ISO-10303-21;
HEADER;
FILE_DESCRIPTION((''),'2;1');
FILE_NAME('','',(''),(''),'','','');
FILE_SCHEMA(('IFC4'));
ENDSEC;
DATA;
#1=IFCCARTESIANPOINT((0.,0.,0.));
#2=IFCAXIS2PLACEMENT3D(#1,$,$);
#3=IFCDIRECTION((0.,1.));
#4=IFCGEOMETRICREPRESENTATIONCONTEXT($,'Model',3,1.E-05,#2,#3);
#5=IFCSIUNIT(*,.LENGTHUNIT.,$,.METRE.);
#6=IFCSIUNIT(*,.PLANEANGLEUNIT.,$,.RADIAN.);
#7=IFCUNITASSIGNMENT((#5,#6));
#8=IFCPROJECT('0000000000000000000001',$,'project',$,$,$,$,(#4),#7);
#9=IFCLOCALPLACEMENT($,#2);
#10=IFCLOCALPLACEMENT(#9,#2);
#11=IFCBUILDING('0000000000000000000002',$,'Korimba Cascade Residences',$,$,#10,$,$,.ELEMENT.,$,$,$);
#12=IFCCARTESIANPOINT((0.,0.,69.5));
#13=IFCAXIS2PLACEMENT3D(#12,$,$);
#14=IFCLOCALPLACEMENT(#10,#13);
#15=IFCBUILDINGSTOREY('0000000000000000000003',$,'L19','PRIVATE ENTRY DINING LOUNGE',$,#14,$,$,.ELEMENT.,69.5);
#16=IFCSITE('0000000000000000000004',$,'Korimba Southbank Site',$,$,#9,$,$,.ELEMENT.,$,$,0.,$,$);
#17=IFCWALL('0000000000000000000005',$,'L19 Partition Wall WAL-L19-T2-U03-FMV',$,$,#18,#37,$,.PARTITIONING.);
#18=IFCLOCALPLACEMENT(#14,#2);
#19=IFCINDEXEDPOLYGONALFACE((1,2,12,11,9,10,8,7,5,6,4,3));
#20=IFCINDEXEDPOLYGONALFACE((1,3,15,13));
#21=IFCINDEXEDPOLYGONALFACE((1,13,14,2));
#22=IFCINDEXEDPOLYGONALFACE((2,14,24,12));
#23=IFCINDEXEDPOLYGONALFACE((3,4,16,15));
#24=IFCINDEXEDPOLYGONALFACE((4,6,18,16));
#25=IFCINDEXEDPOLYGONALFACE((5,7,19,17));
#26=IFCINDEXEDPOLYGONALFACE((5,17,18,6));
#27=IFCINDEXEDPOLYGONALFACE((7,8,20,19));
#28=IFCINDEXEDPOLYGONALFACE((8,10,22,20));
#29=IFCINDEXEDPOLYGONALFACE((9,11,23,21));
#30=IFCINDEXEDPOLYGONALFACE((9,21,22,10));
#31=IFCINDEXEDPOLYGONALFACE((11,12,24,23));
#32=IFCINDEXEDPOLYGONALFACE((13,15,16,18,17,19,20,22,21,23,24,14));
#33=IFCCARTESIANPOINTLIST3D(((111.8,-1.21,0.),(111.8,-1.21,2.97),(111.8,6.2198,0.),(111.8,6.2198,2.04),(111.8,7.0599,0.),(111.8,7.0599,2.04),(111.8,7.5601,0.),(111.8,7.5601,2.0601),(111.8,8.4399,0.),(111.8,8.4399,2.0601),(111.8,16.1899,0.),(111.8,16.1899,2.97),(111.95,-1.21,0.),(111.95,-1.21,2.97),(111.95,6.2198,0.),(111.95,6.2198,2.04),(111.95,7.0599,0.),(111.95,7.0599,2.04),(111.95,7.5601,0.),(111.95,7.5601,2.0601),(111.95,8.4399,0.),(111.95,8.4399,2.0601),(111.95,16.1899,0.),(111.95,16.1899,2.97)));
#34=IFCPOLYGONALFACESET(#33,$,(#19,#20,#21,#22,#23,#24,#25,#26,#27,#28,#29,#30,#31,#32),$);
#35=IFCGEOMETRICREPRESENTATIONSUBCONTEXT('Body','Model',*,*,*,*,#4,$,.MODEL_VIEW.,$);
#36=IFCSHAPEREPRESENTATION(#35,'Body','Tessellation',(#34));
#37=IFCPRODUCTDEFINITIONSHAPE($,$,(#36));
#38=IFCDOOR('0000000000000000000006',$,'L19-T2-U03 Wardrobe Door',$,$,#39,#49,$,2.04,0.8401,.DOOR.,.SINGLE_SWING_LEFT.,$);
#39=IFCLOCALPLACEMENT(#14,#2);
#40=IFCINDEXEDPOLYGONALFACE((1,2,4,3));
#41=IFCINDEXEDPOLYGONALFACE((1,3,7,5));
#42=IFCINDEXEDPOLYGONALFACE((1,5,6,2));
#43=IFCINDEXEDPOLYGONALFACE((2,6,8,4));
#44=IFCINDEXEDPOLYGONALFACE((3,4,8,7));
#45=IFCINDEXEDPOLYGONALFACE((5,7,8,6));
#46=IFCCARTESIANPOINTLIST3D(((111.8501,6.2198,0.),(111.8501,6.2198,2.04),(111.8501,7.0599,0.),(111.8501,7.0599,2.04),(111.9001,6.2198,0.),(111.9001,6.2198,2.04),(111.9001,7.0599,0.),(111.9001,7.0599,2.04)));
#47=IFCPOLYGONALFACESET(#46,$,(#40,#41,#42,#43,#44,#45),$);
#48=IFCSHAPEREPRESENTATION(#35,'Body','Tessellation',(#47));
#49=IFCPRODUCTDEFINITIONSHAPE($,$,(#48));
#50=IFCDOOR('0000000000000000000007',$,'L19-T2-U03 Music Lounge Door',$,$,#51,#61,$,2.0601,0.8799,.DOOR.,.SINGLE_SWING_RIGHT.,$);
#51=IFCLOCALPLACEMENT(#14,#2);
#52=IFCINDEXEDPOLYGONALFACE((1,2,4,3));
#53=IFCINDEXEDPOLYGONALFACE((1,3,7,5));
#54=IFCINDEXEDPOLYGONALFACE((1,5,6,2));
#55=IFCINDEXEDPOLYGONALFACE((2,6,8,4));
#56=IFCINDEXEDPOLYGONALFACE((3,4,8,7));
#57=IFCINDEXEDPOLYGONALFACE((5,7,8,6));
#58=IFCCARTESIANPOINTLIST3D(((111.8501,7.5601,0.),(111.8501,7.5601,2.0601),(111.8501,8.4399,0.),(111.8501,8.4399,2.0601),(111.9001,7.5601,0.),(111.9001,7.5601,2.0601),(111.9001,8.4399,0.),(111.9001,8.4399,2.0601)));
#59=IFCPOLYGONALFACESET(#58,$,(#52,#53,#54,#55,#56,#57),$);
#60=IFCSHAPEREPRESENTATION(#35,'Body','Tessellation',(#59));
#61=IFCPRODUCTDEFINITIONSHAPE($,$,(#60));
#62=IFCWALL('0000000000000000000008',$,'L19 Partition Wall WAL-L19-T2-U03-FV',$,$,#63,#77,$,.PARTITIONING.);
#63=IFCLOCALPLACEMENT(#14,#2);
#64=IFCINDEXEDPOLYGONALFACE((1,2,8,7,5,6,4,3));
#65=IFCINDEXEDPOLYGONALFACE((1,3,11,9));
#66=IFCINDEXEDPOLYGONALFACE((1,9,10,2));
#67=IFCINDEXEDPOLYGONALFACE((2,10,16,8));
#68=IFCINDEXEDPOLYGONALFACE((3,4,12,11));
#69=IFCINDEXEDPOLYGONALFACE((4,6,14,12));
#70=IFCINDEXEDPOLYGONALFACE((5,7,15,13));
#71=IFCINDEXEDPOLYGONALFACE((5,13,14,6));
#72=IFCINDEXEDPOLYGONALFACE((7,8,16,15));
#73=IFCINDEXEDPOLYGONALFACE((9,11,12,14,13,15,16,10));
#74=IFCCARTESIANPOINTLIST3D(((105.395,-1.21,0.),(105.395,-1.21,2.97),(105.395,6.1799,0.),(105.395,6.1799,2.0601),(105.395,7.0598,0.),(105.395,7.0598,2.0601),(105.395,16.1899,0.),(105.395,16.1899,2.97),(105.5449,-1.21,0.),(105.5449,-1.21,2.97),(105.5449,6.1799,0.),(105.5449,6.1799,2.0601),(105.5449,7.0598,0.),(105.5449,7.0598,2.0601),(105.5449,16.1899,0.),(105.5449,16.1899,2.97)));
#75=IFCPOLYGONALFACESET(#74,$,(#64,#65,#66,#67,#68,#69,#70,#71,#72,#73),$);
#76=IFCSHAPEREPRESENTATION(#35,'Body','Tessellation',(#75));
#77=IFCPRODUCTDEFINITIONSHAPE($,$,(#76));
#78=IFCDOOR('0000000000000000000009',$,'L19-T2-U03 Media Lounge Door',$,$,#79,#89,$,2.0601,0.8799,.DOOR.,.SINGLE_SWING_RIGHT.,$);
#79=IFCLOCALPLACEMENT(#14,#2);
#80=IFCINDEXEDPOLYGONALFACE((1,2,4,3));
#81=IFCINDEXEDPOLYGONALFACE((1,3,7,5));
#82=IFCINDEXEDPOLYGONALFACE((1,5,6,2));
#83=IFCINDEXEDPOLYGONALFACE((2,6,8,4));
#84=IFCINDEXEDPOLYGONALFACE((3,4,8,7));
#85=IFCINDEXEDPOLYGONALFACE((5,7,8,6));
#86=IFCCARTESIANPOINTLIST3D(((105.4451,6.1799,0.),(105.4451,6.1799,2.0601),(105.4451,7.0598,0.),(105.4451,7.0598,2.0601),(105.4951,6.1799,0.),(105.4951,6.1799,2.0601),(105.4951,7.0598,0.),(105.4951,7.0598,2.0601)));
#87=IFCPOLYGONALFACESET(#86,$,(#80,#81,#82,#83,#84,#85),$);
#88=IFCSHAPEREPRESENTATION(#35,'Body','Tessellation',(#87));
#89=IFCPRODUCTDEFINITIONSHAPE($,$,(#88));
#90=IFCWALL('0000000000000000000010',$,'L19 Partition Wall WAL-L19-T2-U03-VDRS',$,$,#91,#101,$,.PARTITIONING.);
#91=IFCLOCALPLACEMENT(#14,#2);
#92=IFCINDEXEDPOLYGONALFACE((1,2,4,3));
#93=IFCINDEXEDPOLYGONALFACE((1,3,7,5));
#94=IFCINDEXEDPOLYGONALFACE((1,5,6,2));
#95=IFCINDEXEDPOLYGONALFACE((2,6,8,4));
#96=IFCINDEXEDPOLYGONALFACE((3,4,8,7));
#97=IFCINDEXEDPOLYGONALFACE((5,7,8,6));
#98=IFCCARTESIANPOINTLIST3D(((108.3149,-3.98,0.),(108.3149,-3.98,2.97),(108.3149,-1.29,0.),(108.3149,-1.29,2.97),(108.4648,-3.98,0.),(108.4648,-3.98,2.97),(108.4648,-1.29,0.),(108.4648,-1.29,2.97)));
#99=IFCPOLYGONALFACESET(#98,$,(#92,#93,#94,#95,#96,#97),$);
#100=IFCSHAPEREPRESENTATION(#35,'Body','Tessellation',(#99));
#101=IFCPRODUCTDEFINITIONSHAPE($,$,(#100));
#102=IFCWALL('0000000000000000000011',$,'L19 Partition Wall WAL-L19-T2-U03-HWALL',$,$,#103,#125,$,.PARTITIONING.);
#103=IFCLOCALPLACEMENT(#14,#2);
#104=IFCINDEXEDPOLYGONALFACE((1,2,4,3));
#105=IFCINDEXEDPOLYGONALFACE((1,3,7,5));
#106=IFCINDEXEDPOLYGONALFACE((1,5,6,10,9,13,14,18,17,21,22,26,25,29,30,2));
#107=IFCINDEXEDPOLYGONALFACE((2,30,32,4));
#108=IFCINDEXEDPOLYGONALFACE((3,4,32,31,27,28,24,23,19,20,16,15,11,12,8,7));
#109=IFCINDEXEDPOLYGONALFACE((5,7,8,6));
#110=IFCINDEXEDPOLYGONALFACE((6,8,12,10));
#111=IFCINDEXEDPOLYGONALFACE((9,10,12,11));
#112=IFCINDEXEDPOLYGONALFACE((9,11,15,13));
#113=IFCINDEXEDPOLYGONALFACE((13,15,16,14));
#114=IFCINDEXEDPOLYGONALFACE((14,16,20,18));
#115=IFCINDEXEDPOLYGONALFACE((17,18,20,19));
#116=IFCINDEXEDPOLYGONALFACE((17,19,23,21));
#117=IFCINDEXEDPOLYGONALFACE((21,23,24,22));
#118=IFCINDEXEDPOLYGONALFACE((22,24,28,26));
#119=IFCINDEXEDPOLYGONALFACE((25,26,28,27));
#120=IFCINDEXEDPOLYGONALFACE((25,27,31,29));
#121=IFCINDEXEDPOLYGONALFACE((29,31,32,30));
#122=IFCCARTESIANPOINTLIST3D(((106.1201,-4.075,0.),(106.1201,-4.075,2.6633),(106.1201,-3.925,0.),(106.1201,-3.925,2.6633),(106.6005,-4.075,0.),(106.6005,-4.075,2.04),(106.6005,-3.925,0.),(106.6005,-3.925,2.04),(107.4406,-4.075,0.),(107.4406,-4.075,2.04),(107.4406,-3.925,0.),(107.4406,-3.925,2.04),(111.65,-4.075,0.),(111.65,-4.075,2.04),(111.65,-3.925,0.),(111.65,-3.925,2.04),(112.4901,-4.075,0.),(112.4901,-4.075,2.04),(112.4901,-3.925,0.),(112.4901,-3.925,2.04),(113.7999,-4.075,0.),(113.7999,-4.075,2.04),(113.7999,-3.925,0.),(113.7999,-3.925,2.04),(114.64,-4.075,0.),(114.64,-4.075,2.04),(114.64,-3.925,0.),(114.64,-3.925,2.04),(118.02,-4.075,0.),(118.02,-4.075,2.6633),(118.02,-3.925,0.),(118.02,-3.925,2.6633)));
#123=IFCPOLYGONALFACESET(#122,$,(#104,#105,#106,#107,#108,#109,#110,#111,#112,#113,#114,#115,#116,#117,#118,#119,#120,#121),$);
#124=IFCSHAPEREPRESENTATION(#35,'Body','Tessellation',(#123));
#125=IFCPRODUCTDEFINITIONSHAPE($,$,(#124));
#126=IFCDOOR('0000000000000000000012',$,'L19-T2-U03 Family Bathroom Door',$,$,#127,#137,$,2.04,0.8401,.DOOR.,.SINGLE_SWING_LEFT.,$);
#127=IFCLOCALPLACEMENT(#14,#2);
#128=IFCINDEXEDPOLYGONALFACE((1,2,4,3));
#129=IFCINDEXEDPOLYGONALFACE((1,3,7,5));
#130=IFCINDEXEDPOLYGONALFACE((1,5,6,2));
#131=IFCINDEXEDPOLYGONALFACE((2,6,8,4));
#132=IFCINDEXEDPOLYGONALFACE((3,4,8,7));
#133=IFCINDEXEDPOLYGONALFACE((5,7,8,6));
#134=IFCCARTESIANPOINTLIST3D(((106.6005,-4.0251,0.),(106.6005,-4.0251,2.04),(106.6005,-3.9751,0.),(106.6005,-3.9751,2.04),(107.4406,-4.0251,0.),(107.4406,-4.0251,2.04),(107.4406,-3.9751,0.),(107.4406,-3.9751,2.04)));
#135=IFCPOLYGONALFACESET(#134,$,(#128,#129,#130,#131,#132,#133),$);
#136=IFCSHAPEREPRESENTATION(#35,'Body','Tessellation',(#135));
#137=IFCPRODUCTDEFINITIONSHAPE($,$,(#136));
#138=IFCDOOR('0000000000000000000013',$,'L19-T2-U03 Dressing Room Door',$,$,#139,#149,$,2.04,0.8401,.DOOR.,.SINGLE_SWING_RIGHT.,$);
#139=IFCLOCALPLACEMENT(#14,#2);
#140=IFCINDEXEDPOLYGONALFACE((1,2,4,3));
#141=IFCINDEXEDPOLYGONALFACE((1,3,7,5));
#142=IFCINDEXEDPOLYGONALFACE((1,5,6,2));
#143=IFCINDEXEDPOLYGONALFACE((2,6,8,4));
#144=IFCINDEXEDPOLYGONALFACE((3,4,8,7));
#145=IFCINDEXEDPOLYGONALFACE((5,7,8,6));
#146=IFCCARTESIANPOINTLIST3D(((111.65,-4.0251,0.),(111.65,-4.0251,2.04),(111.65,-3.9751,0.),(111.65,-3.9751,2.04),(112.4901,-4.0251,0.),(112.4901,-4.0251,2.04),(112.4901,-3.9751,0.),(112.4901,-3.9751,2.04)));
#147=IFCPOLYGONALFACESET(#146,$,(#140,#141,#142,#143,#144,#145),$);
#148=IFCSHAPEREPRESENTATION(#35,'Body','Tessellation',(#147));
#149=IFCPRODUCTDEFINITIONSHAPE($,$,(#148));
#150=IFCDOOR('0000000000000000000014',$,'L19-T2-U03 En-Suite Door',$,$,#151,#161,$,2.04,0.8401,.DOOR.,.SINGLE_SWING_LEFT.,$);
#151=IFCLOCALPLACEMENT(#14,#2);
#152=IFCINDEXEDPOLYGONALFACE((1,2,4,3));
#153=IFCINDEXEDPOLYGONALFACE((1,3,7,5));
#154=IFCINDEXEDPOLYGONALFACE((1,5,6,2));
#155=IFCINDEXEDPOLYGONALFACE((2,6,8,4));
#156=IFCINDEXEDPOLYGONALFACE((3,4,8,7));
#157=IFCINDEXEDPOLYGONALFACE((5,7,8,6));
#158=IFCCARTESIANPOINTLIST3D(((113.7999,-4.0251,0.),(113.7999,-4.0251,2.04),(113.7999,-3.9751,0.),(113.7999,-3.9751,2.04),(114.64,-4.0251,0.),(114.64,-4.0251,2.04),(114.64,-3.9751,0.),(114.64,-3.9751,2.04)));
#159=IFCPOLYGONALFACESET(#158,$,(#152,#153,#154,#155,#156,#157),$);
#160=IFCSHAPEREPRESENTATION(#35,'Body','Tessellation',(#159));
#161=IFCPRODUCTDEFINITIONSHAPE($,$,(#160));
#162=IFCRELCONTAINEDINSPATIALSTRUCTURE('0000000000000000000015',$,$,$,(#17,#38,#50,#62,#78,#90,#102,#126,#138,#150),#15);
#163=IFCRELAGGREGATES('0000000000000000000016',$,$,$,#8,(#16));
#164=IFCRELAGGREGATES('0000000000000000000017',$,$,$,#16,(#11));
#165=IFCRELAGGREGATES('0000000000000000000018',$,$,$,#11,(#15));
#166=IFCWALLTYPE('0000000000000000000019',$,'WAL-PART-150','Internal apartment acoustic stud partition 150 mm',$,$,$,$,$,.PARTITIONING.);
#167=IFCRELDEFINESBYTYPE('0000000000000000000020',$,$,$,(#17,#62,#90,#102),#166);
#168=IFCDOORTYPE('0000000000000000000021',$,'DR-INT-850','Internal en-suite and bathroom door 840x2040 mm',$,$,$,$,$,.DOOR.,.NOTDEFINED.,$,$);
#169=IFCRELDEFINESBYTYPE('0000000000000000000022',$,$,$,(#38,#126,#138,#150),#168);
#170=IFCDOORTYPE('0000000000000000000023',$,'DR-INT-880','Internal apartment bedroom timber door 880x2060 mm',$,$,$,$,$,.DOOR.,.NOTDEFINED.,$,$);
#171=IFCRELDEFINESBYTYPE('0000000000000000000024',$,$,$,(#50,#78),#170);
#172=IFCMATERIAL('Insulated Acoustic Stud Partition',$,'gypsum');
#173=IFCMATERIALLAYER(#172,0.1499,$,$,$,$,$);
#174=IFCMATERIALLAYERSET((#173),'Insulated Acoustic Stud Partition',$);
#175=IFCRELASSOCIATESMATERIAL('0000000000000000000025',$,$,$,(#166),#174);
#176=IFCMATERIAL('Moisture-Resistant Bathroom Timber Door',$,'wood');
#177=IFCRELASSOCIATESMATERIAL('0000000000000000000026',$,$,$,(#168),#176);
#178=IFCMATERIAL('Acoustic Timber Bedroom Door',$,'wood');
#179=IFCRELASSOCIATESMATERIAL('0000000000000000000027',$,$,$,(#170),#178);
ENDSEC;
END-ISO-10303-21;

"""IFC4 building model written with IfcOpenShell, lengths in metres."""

from ifc_helpers import new_model, si_unit, direction, frame, frame_2d, origin, place, context, subcontext, project, spatial, rectangle, extrude, material, layer, layer_set, type_object, element, fill, save


model = new_model("IFC4")

# Units and contexts
model_context = context("Model", 3, precision=1e-05, world=origin(), true_north=direction((0.0, 1.0)))
body_context = subcontext(model_context, "Body", "Model", "MODEL_VIEW")
ifc_project = project(units=[si_unit("LENGTHUNIT", "METRE"), si_unit("PLANEANGLEUNIT", "RADIAN")], contexts=[model_context])

# Site, building, storey
site_placement = place(None, origin())
site = spatial("IfcSite", under=ifc_project, at=site_placement, Name="Korimba Southbank Site", CompositionType="ELEMENT", RefElevation=0.0)
building_placement = place(site_placement, origin())
building = spatial("IfcBuilding", under=site, at=building_placement, Name="Korimba Cascade Residences", CompositionType="ELEMENT")
storey_placement = place(building_placement, frame((0.0, 0.0, 69.5)))
storey = spatial("IfcBuildingStorey", under=building, at=storey_placement, Name="L19", Description="PRIVATE ENTRY DINING LOUNGE", CompositionType="ELEMENT", Elevation=69.5)

# Shared definitions
ifc_material_1 = material(Name="Insulated Acoustic Stud Partition", Category="gypsum")
ifc_layer = layer(ifc_material_1, 0.1499)
ifc_layer_set = layer_set([ifc_layer], Name="Insulated Acoustic Stud Partition")
wall_type = type_object("IfcWallType", Name="WAL-PART-150", Description="Internal apartment acoustic stud partition 150 mm", PredefinedType="PARTITIONING", material=ifc_layer_set)
ifc_material_2 = material(Name="Moisture-Resistant Bathroom Timber Door", Category="wood")
door_type_1 = type_object("IfcDoorType", Name="DR-INT-850", Description="Internal en-suite and bathroom door 840x2040 mm", OperationType="NOTDEFINED", PredefinedType="DOOR", material=ifc_material_2)

# Wall, openings, doors
wall_1_placement = place(storey_placement, frame((111.875, -1.21, 0.0), z_axis=(0.0, 0.0, 1.0), x_axis=(0.0, 1.0, 0.0)))
wall_1 = element("IfcWall", 1, at=wall_1_placement, inside=storey, type_object=wall_type, Name="L19 Partition Wall WAL-L19-T2-U03-FMV", PredefinedType="PARTITIONING", context=body_context, shape_type="SweptSolid", body=[
    extrude(rectangle(XDim=17.3999, YDim=0.1499, at=frame_2d((8.7, 0.0))), origin(), (0.0, 0.0, 1.0), 2.97),
])
opening_1_placement = place(wall_1_placement, frame((7.4299, 0.0, 0.0)))
opening_1 = element("IfcOpeningElement", 2, at=opening_1_placement, cuts=wall_1, PredefinedType="OPENING", context=body_context, shape_type="SweptSolid", body=[
    extrude(rectangle(XDim=0.8401, YDim=2.04, at=frame_2d((0.4199, 1.02))), frame((0.0, 0.085, 0.0), z_axis=(0.0, -1.0, 0.0), x_axis=(1.0, 0.0, 0.0)), (0.0, 0.0, 1.0), 0.1699),
])
opening_2_placement = place(wall_1_placement, frame((8.77, 0.0, 0.0)))
opening_2 = element("IfcOpeningElement", 3, at=opening_2_placement, cuts=wall_1, PredefinedType="OPENING", context=body_context, shape_type="SweptSolid", body=[
    extrude(rectangle(XDim=0.8799, YDim=2.0601, at=frame_2d((0.4399, 1.03))), frame((0.0, 0.085, 0.0), z_axis=(0.0, -1.0, 0.0), x_axis=(1.0, 0.0, 0.0)), (0.0, 0.0, 1.0), 0.1699),
])
door_1_placement = place(opening_1_placement, origin())
door_1 = element("IfcDoor", 4, at=door_1_placement, inside=storey, type_object=door_type_1, Name="L19-T2-U03 Wardrobe Door", OperationType="SINGLE_SWING_LEFT", OverallHeight=2.04, OverallWidth=0.8401, PredefinedType="DOOR", context=body_context, shape_type="SweptSolid", body=[
    extrude(rectangle(XDim=0.8401, YDim=2.04, at=frame_2d((0.4199, 1.02))), frame((0.0, 0.0249, 0.0), z_axis=(0.0, -1.0, 0.0), x_axis=(1.0, 0.0, 0.0)), (0.0, 0.0, 1.0), 0.05),
])
fill(opening_1, door_1)
ifc_material_3 = material(Name="Acoustic Timber Bedroom Door", Category="wood")
door_type_2 = type_object("IfcDoorType", Name="DR-INT-880", Description="Internal apartment bedroom timber door 880x2060 mm", OperationType="NOTDEFINED", PredefinedType="DOOR", material=ifc_material_3)
door_2_placement = place(opening_2_placement, origin())
door_2 = element("IfcDoor", 5, at=door_2_placement, inside=storey, type_object=door_type_2, Name="L19-T2-U03 Music Lounge Door", OperationType="SINGLE_SWING_RIGHT", OverallHeight=2.0601, OverallWidth=0.8799, PredefinedType="DOOR", context=body_context, shape_type="SweptSolid", body=[
    extrude(rectangle(XDim=0.8799, YDim=2.0601, at=frame_2d((0.4399, 1.03))), frame((0.0, 0.0249, 0.0), z_axis=(0.0, -1.0, 0.0), x_axis=(1.0, 0.0, 0.0)), (0.0, 0.0, 1.0), 0.05),
])
fill(opening_2, door_2)

# Wall, opening, door
wall_2_placement = place(storey_placement, frame((105.47, -1.21, 0.0), z_axis=(0.0, 0.0, 1.0), x_axis=(0.0, 1.0, 0.0)))
wall_2 = element("IfcWall", 6, at=wall_2_placement, inside=storey, type_object=wall_type, Name="L19 Partition Wall WAL-L19-T2-U03-FV", PredefinedType="PARTITIONING", context=body_context, shape_type="SweptSolid", body=[
    extrude(rectangle(XDim=17.3999, YDim=0.1499, at=frame_2d((8.7, 0.0))), origin(), (0.0, 0.0, 1.0), 2.97),
])
opening_3_placement = place(wall_2_placement, frame((7.3899, 0.0, 0.0)))
opening_3 = element("IfcOpeningElement", 7, at=opening_3_placement, cuts=wall_2, PredefinedType="OPENING", context=body_context, shape_type="SweptSolid", body=[
    extrude(rectangle(XDim=0.8799, YDim=2.0601, at=frame_2d((0.4399, 1.03))), frame((0.0, 0.085, 0.0), z_axis=(0.0, -1.0, 0.0), x_axis=(1.0, 0.0, 0.0)), (0.0, 0.0, 1.0), 0.1699),
])
door_3_placement = place(opening_3_placement, origin())
door_3 = element("IfcDoor", 8, at=door_3_placement, inside=storey, type_object=door_type_2, Name="L19-T2-U03 Media Lounge Door", OperationType="SINGLE_SWING_RIGHT", OverallHeight=2.0601, OverallWidth=0.8799, PredefinedType="DOOR", context=body_context, shape_type="SweptSolid", body=[
    extrude(rectangle(XDim=0.8799, YDim=2.0601, at=frame_2d((0.4399, 1.03))), frame((0.0, 0.0249, 0.0), z_axis=(0.0, -1.0, 0.0), x_axis=(1.0, 0.0, 0.0)), (0.0, 0.0, 1.0), 0.05),
])
fill(opening_3, door_3)

# Wall
wall_3_placement = place(storey_placement, frame((108.3899, -3.98, 0.0), z_axis=(0.0, 0.0, 1.0), x_axis=(0.0, 1.0, 0.0)))
element("IfcWall", 9, at=wall_3_placement, inside=storey, type_object=wall_type, Name="L19 Partition Wall WAL-L19-T2-U03-VDRS", PredefinedType="PARTITIONING", context=body_context, shape_type="SweptSolid", body=[
    extrude(rectangle(XDim=2.6899, YDim=0.1499, at=frame_2d((1.345, 0.0))), origin(), (0.0, 0.0, 1.0), 2.97),
])

# Wall, openings, doors
wall_4_placement = place(storey_placement, frame((106.1201, -4.0, 0.0), z_axis=(0.0, 0.0, 1.0), x_axis=(1.0, 0.0, 0.0)))
wall_4 = element("IfcWall", 10, at=wall_4_placement, inside=storey, type_object=wall_type, Name="L19 Partition Wall WAL-L19-T2-U03-HWALL", PredefinedType="PARTITIONING", context=body_context, shape_type="SweptSolid", body=[
    extrude(rectangle(XDim=11.8999, YDim=0.1499, at=frame_2d((5.95, 0.0))), origin(), (0.0, 0.0, 1.0), 2.6633),
])
opening_4_placement = place(wall_4_placement, frame((0.4805, 0.0, 0.0)))
opening_4 = element("IfcOpeningElement", 11, at=opening_4_placement, cuts=wall_4, PredefinedType="OPENING", context=body_context, shape_type="SweptSolid", body=[
    extrude(rectangle(XDim=0.8401, YDim=2.04, at=frame_2d((0.4199, 1.02))), frame((0.0, 0.085, 0.0), z_axis=(0.0, -1.0, 0.0), x_axis=(1.0, 0.0, 0.0)), (0.0, 0.0, 1.0), 0.1699),
])
opening_5_placement = place(wall_4_placement, frame((5.53, 0.0, 0.0)))
opening_5 = element("IfcOpeningElement", 12, at=opening_5_placement, cuts=wall_4, PredefinedType="OPENING", context=body_context, shape_type="SweptSolid", body=[
    extrude(rectangle(XDim=0.8401, YDim=2.04, at=frame_2d((0.4199, 1.02))), frame((0.0, 0.085, 0.0), z_axis=(0.0, -1.0, 0.0), x_axis=(1.0, 0.0, 0.0)), (0.0, 0.0, 1.0), 0.1699),
])
opening_6_placement = place(wall_4_placement, frame((7.6799, 0.0, 0.0)))
opening_6 = element("IfcOpeningElement", 13, at=opening_6_placement, cuts=wall_4, PredefinedType="OPENING", context=body_context, shape_type="SweptSolid", body=[
    extrude(rectangle(XDim=0.8401, YDim=2.04, at=frame_2d((0.4199, 1.02))), frame((0.0, 0.085, 0.0), z_axis=(0.0, -1.0, 0.0), x_axis=(1.0, 0.0, 0.0)), (0.0, 0.0, 1.0), 0.1699),
])
door_4_placement = place(opening_4_placement, origin())
door_4 = element("IfcDoor", 14, at=door_4_placement, inside=storey, type_object=door_type_1, Name="L19-T2-U03 Family Bathroom Door", OperationType="SINGLE_SWING_LEFT", OverallHeight=2.04, OverallWidth=0.8401, PredefinedType="DOOR", context=body_context, shape_type="SweptSolid", body=[
    extrude(rectangle(XDim=0.8401, YDim=2.04, at=frame_2d((0.4199, 1.02))), frame((0.0, 0.0249, 0.0), z_axis=(0.0, -1.0, 0.0), x_axis=(1.0, 0.0, 0.0)), (0.0, 0.0, 1.0), 0.05),
])
fill(opening_4, door_4)
door_5_placement = place(opening_5_placement, origin())
door_5 = element("IfcDoor", 15, at=door_5_placement, inside=storey, type_object=door_type_1, Name="L19-T2-U03 Dressing Room Door", OperationType="SINGLE_SWING_RIGHT", OverallHeight=2.04, OverallWidth=0.8401, PredefinedType="DOOR", context=body_context, shape_type="SweptSolid", body=[
    extrude(rectangle(XDim=0.8401, YDim=2.04, at=frame_2d((0.4199, 1.02))), frame((0.0, 0.0249, 0.0), z_axis=(0.0, -1.0, 0.0), x_axis=(1.0, 0.0, 0.0)), (0.0, 0.0, 1.0), 0.05),
])
fill(opening_5, door_5)
door_6_placement = place(opening_6_placement, origin())
door_6 = element("IfcDoor", 16, at=door_6_placement, inside=storey, type_object=door_type_1, Name="L19-T2-U03 En-Suite Door", OperationType="SINGLE_SWING_LEFT", OverallHeight=2.04, OverallWidth=0.8401, PredefinedType="DOOR", context=body_context, shape_type="SweptSolid", body=[
    extrude(rectangle(XDim=0.8401, YDim=2.04, at=frame_2d((0.4199, 1.02))), frame((0.0, 0.0249, 0.0), z_axis=(0.0, -1.0, 0.0), x_axis=(1.0, 0.0, 0.0)), (0.0, 0.0, 1.0), 0.05),
])
fill(opening_6, door_6)

save(model, "model.ifc")
